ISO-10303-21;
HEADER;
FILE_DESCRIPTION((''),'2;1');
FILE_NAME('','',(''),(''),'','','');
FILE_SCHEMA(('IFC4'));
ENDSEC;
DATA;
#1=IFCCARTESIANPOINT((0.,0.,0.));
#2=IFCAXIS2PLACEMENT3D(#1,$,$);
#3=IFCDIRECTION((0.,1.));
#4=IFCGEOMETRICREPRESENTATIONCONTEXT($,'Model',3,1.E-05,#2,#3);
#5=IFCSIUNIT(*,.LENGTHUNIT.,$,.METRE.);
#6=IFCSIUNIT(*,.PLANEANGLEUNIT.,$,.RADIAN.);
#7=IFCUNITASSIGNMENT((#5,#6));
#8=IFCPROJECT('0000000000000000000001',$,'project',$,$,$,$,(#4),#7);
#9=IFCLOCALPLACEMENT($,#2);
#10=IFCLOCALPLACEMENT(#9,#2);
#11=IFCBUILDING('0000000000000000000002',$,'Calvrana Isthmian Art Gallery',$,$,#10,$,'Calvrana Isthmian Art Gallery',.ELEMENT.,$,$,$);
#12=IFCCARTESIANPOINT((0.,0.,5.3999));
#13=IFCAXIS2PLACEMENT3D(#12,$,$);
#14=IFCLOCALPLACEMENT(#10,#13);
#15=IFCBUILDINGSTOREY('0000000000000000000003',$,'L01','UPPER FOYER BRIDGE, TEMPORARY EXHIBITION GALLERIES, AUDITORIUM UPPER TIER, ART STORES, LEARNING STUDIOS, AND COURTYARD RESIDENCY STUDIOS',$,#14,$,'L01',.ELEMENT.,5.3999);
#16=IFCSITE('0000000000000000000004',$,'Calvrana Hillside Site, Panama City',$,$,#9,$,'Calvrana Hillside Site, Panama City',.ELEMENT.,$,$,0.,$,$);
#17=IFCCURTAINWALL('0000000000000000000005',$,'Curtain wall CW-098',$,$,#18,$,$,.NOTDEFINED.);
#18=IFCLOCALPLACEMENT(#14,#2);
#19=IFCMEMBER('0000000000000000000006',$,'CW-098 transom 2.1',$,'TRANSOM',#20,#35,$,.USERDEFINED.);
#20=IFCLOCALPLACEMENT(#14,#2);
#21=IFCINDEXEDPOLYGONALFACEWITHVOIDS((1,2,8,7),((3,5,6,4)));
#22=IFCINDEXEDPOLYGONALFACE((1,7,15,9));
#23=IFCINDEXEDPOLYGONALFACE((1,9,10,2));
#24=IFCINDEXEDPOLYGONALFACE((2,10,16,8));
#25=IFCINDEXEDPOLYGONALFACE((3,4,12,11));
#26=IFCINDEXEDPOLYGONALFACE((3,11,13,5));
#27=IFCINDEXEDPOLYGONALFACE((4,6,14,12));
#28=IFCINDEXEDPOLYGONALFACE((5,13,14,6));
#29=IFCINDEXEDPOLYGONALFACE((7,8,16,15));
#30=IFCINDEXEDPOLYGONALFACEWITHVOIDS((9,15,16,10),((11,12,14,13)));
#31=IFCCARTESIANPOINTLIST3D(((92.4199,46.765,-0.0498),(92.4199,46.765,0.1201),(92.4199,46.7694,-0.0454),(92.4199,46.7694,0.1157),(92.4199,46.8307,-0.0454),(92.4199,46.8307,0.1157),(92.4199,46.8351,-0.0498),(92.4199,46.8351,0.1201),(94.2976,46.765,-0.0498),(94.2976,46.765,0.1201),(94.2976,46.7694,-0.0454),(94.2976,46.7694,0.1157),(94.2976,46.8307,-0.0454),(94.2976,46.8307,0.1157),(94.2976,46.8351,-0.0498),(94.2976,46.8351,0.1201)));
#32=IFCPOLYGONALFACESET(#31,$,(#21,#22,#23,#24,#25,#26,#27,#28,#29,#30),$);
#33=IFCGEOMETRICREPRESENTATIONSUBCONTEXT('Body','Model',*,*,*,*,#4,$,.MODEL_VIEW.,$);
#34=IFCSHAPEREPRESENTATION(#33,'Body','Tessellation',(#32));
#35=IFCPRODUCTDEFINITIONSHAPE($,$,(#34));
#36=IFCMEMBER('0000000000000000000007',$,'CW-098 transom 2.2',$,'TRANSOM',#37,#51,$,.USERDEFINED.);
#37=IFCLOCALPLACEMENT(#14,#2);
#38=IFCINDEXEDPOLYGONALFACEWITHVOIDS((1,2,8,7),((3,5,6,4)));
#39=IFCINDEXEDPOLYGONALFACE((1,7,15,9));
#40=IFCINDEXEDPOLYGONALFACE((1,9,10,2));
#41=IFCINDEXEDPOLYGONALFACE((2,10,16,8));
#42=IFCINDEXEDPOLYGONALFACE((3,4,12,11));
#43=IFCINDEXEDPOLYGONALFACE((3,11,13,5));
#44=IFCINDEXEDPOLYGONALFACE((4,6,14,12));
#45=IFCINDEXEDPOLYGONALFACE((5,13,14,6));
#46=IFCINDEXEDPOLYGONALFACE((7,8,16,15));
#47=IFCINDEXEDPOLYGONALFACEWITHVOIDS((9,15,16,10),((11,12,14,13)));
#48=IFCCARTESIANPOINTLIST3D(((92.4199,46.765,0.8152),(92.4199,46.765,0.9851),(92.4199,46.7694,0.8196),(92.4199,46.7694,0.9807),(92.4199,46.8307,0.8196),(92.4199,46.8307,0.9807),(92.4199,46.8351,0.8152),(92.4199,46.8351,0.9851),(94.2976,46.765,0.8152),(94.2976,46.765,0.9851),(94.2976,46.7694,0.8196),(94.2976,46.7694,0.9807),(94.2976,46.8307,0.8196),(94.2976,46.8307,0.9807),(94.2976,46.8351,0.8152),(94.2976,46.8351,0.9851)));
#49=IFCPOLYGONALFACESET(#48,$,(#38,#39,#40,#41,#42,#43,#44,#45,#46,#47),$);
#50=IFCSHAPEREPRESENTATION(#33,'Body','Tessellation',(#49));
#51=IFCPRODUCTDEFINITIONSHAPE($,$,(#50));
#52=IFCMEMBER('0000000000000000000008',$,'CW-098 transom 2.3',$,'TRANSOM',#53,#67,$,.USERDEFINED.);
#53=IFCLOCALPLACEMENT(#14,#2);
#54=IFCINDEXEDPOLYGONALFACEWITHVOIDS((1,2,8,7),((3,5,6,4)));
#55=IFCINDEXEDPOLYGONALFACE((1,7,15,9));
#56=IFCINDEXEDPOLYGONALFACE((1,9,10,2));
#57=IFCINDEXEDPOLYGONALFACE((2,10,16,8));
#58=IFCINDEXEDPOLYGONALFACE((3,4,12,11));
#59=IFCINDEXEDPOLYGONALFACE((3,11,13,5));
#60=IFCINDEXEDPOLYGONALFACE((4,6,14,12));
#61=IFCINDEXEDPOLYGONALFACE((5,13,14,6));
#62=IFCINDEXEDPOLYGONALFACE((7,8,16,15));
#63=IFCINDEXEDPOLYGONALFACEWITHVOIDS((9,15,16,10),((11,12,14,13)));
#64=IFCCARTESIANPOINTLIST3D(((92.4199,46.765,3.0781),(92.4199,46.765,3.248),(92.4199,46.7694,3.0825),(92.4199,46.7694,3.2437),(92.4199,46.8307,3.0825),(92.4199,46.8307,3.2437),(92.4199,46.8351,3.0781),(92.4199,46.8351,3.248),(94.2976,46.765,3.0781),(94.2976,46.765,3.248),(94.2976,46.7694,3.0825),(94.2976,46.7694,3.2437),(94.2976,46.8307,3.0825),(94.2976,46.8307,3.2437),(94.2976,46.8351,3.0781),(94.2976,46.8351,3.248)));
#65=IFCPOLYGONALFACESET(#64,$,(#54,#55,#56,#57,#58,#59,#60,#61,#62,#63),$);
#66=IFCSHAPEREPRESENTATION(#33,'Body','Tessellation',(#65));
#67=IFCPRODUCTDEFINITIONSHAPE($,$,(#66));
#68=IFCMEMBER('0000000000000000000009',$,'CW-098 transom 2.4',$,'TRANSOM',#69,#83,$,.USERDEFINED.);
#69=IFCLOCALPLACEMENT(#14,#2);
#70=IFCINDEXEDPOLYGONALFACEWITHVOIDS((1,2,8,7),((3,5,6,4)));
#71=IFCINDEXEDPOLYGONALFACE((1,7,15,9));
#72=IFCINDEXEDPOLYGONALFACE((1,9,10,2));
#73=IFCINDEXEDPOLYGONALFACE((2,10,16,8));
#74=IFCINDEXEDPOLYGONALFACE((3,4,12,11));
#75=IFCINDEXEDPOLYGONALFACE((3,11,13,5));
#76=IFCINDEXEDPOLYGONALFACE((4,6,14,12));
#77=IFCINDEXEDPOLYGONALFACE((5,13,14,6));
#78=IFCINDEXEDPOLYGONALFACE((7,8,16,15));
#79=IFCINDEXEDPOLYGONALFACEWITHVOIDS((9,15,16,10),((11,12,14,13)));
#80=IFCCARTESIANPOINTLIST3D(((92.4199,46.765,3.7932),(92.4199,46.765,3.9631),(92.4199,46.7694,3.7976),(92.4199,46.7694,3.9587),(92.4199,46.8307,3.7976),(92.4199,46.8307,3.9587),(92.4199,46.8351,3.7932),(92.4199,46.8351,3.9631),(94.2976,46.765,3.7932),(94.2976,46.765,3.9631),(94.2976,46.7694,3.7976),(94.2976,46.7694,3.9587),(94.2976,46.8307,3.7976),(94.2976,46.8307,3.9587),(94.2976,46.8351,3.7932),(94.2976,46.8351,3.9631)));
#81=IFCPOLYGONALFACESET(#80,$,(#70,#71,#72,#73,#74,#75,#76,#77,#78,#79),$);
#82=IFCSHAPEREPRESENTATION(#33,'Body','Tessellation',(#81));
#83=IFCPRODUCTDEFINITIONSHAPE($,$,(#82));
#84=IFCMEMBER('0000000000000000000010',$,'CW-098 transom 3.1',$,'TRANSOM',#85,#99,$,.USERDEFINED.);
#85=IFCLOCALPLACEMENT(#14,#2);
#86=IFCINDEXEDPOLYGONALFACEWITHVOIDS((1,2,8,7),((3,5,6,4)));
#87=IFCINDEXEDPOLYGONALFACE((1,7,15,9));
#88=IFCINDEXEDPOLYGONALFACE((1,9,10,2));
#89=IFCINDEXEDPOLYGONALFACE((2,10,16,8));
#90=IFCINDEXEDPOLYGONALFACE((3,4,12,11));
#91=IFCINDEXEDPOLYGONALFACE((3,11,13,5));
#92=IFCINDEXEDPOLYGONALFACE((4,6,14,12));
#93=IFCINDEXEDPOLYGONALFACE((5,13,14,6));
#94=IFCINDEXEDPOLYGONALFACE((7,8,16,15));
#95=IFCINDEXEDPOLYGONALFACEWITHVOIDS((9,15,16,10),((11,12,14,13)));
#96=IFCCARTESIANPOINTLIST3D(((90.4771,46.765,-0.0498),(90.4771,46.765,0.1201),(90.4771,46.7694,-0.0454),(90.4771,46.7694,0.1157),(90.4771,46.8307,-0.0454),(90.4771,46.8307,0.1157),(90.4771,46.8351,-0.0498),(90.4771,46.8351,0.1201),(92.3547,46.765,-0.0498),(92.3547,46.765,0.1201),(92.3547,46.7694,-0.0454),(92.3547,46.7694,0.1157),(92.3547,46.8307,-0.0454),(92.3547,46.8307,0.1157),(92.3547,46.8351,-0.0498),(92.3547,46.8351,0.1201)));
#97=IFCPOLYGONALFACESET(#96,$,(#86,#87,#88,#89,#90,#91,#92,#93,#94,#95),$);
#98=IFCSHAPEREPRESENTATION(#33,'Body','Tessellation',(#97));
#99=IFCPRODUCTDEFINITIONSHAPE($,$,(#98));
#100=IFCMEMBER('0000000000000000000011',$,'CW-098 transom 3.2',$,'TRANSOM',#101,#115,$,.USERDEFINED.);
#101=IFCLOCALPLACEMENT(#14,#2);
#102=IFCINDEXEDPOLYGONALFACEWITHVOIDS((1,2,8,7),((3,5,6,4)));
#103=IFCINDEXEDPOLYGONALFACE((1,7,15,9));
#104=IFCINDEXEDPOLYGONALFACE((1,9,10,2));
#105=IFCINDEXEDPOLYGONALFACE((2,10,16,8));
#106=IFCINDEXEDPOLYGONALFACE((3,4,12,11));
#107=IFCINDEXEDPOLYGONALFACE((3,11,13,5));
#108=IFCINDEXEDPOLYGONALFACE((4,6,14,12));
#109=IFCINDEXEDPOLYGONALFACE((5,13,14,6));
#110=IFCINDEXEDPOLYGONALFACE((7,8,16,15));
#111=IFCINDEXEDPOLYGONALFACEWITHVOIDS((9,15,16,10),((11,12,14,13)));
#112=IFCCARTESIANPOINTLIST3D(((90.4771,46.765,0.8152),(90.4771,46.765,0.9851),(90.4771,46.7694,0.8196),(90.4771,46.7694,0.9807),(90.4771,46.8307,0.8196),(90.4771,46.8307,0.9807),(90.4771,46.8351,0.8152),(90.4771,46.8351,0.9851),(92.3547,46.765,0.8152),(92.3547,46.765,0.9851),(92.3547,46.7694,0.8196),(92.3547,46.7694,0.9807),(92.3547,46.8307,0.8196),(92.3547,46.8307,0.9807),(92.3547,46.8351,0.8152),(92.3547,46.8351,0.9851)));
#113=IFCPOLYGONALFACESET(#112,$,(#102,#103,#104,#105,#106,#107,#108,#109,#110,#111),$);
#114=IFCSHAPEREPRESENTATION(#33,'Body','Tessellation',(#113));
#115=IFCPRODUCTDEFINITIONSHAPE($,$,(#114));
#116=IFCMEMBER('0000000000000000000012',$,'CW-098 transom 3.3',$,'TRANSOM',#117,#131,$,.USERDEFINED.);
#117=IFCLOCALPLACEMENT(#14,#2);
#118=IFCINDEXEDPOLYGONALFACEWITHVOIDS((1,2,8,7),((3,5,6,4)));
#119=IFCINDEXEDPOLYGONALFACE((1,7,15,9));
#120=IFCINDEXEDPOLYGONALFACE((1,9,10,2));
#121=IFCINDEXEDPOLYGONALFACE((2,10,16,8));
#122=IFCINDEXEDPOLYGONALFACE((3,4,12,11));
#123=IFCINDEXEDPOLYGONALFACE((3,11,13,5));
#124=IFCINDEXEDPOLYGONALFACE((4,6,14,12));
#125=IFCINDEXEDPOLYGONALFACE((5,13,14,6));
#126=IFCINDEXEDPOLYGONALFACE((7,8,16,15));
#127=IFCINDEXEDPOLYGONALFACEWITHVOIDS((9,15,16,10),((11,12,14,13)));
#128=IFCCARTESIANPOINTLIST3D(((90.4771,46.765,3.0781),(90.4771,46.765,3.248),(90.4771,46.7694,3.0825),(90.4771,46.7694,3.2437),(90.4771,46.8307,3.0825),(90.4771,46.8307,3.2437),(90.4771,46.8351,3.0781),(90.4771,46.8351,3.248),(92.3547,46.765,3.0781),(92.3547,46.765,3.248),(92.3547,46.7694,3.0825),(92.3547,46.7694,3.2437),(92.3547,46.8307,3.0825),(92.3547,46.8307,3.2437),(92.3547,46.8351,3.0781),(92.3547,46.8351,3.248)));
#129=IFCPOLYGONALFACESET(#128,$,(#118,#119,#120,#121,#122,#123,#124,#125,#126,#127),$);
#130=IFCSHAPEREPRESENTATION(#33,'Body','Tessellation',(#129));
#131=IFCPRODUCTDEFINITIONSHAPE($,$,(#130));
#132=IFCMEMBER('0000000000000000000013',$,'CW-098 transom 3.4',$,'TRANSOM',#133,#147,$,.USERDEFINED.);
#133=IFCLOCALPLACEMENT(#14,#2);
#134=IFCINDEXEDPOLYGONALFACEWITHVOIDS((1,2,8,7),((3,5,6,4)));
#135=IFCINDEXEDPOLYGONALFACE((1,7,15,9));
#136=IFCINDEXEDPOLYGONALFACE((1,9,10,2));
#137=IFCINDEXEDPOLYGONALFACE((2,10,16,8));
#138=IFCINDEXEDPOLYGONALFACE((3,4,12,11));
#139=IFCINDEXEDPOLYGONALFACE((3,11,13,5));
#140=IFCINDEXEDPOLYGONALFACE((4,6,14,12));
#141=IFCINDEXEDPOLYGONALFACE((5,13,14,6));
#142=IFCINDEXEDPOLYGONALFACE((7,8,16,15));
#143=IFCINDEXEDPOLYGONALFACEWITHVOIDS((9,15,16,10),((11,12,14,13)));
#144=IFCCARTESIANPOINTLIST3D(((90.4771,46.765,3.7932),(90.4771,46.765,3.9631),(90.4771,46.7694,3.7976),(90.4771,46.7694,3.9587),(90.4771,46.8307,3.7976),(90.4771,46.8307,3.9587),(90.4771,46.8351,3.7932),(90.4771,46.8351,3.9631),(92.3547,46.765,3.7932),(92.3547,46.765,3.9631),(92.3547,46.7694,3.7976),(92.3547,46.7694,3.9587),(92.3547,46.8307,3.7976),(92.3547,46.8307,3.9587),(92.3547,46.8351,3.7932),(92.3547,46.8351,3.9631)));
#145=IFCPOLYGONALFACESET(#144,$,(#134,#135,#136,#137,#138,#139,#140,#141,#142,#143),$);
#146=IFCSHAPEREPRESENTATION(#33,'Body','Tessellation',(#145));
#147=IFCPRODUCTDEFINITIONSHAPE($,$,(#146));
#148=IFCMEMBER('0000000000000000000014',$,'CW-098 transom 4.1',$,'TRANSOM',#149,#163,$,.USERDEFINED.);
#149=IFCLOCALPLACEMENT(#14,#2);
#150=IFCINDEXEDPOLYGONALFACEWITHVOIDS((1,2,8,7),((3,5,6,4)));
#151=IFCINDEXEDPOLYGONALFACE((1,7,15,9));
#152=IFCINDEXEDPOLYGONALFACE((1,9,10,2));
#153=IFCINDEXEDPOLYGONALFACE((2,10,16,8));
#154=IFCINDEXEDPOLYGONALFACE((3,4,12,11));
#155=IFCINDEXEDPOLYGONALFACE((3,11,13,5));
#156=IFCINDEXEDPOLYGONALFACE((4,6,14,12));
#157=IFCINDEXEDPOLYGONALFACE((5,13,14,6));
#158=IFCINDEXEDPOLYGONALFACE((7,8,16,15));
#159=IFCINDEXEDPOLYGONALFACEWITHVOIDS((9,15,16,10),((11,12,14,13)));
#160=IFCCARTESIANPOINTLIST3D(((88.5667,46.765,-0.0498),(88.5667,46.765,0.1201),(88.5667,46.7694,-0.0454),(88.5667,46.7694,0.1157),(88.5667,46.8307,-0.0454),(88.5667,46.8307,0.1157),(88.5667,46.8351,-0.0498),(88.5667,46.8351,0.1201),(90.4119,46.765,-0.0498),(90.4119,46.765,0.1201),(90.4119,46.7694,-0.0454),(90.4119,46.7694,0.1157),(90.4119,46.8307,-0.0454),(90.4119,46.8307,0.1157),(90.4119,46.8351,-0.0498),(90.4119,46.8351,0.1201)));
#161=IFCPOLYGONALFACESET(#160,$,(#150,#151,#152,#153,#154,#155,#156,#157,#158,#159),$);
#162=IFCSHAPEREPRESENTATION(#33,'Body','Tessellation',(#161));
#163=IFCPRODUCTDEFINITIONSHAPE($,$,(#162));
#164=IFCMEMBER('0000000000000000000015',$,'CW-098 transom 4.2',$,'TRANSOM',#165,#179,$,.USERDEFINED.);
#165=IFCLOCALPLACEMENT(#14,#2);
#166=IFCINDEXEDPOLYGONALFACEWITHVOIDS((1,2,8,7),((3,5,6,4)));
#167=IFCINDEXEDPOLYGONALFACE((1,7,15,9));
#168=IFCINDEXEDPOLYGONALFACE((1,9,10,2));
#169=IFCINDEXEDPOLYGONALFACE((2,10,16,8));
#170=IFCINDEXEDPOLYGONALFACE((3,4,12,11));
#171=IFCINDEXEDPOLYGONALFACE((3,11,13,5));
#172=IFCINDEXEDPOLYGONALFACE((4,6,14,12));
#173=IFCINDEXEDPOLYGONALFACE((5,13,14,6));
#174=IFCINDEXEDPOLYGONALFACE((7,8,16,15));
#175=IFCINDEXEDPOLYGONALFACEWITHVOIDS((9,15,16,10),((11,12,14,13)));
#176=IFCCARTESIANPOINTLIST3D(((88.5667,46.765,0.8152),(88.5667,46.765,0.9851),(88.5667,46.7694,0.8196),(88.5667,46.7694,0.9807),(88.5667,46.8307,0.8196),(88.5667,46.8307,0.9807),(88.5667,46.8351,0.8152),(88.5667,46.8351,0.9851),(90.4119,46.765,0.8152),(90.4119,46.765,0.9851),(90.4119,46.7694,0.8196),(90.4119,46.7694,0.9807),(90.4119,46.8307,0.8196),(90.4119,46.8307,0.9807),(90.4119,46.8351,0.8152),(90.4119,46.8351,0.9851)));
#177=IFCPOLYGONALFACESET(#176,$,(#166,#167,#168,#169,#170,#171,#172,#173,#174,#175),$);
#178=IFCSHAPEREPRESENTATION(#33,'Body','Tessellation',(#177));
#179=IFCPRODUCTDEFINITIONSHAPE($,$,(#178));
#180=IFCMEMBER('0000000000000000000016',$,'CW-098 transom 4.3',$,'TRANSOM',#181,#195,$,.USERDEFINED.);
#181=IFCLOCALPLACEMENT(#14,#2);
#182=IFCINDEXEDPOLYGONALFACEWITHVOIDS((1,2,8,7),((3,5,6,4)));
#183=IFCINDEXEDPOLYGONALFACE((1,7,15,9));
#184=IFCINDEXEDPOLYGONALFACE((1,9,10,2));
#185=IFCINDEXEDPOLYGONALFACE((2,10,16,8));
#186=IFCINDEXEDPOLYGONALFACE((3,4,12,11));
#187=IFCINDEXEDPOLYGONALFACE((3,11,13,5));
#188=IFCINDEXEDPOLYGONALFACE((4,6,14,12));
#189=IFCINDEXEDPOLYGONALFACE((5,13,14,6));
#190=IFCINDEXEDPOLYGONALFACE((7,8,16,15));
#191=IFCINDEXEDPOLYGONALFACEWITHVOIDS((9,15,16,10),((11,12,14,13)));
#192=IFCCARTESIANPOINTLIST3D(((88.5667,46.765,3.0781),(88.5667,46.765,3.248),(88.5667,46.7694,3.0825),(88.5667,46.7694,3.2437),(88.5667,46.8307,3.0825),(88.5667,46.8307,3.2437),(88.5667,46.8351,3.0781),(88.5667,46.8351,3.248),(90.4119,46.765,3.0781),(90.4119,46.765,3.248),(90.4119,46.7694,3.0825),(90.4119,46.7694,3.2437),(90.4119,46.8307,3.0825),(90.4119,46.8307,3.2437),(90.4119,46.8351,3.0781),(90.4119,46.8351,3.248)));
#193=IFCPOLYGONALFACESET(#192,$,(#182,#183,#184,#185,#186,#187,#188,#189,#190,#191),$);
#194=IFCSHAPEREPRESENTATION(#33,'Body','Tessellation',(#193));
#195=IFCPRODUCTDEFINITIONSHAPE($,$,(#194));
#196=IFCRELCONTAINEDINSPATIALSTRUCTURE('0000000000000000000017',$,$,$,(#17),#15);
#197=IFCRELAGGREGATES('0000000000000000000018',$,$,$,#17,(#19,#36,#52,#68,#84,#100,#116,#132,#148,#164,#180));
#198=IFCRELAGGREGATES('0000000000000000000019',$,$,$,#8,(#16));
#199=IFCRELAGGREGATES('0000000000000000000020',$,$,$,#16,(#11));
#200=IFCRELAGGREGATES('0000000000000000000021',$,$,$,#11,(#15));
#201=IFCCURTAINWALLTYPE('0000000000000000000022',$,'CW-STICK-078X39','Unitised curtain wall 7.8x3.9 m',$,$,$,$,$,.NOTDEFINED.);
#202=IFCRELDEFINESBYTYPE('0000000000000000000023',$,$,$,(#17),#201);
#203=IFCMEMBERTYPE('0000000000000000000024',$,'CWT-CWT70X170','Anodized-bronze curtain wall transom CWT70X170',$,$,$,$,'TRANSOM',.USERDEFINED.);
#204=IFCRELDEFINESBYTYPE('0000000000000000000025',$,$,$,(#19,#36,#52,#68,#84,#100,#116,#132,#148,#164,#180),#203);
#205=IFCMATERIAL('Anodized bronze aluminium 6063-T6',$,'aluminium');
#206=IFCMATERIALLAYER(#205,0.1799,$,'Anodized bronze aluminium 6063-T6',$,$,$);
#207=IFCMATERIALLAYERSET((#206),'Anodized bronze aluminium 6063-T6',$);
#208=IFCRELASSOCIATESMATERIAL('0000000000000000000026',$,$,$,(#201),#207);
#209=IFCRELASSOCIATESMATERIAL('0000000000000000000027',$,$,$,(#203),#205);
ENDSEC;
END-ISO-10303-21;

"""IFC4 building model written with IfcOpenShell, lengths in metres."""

from ifc_helpers import new_model, si_unit, direction, frame, origin, origin_2d, place, context, subcontext, project, spatial, hollow_rectangle, extrude, material, layer, layer_set, material_profile, profile_set, type_object, element, aggregate, save


model = new_model("IFC4")

# Units and contexts
model_context = context("Model", 3, precision=1e-05, world=origin(), true_north=direction((0.0, 1.0)))
body_context = subcontext(model_context, "Body", "Model", "MODEL_VIEW")
ifc_project = project(units=[si_unit("LENGTHUNIT", "METRE"), si_unit("PLANEANGLEUNIT", "RADIAN")], contexts=[model_context])

# Site, building, storey
site_placement = place(None, origin())
site = spatial("IfcSite", under=ifc_project, at=site_placement, Name="Calvrana Hillside Site, Panama City", LongName="Calvrana Hillside Site, Panama City", CompositionType="ELEMENT", RefElevation=0.0)
building_placement = place(site_placement, origin())
building = spatial("IfcBuilding", under=site, at=building_placement, Name="Calvrana Isthmian Art Gallery", LongName="Calvrana Isthmian Art Gallery", CompositionType="ELEMENT")
storey_placement = place(building_placement, frame((0.0, 0.0, 5.3999)))
storey = spatial("IfcBuildingStorey", under=building, at=storey_placement, Name="L01", Description="UPPER FOYER BRIDGE, TEMPORARY EXHIBITION GALLERIES, AUDITORIUM UPPER TIER, ART STORES, LEARNING STUDIOS, AND COURTYARD RESIDENCY STUDIOS", LongName="L01", CompositionType="ELEMENT", Elevation=5.3999)

# Curtain wall, members
ifc_material_1 = material(Name="Anodized bronze aluminium 6063-T6", Category="aluminium")
ifc_layer_1 = layer(ifc_material_1, 0.1799, Name="Anodized bronze aluminium 6063-T6")
ifc_layer_set_1 = layer_set([ifc_layer_1], Name="Anodized bronze aluminium 6063-T6")
curtain_wall_type = type_object("IfcCurtainWallType", Name="CW-STICK-078X39", Description="Unitised curtain wall 7.8x3.9 m", PredefinedType="NOTDEFINED", material=ifc_layer_set_1)
curtain_wall_placement = place(storey_placement, origin())
curtain_wall = element("IfcCurtainWall", 1, at=curtain_wall_placement, inside=storey, type_object=curtain_wall_type, Name="Curtain wall CW-098", PredefinedType="NOTDEFINED")
ifc_material_profile_1 = material_profile(ifc_material_1, hollow_rectangle(XDim=0.0701, YDim=0.1699, WallThickness=0.0044, at=origin_2d()), Name="CWT70X170")
ifc_profile_set_1 = profile_set([ifc_material_profile_1], Name="Anodized bronze aluminium 6063-T6")
member_type_1 = type_object("IfcMemberType", Name="CWT-CWT70X170", Description="Anodized-bronze curtain wall transom CWT70X170", ElementType="TRANSOM", PredefinedType="USERDEFINED", material=ifc_profile_set_1)
member_1_placement = place(storey_placement, frame((94.2976, 46.8, 0.0352), z_axis=(-1.0, 0.0, 0.0), x_axis=(0.0, -1.0, 0.0)))
member_1 = element("IfcMember", 2, at=member_1_placement, type_object=member_type_1, Name="CW-098 transom 2.1", ObjectType="TRANSOM", PredefinedType="USERDEFINED", context=body_context, shape_type="SweptSolid", body=[
    extrude(hollow_rectangle(XDim=0.0701, YDim=0.1699, WallThickness=0.0044, at=origin_2d()), origin(), (0.0, 0.0, 1.0), 1.8777),
])
member_2_placement = place(storey_placement, frame((94.2976, 46.8, 0.9001), z_axis=(-1.0, 0.0, 0.0), x_axis=(0.0, -1.0, 0.0)))
member_2 = element("IfcMember", 3, at=member_2_placement, type_object=member_type_1, Name="CW-098 transom 2.2", ObjectType="TRANSOM", PredefinedType="USERDEFINED", context=body_context, shape_type="SweptSolid", body=[
    extrude(hollow_rectangle(XDim=0.0701, YDim=0.1699, WallThickness=0.0044, at=origin_2d()), origin(), (0.0, 0.0, 1.0), 1.8777),
])
member_3_placement = place(storey_placement, frame((94.2976, 46.8, 3.1631), z_axis=(-1.0, 0.0, 0.0), x_axis=(0.0, -1.0, 0.0)))
member_3 = element("IfcMember", 4, at=member_3_placement, type_object=member_type_1, Name="CW-098 transom 2.3", ObjectType="TRANSOM", PredefinedType="USERDEFINED", context=body_context, shape_type="SweptSolid", body=[
    extrude(hollow_rectangle(XDim=0.0701, YDim=0.1699, WallThickness=0.0044, at=origin_2d()), origin(), (0.0, 0.0, 1.0), 1.8777),
])
member_4_placement = place(storey_placement, frame((94.2976, 46.8, 3.8782), z_axis=(-1.0, 0.0, 0.0), x_axis=(0.0, -1.0, 0.0)))
member_4 = element("IfcMember", 5, at=member_4_placement, type_object=member_type_1, Name="CW-098 transom 2.4", ObjectType="TRANSOM", PredefinedType="USERDEFINED", context=body_context, shape_type="SweptSolid", body=[
    extrude(hollow_rectangle(XDim=0.0701, YDim=0.1699, WallThickness=0.0044, at=origin_2d()), origin(), (0.0, 0.0, 1.0), 1.8777),
])
member_5_placement = place(storey_placement, frame((92.3547, 46.8, 0.0352), z_axis=(-1.0, 0.0, 0.0), x_axis=(0.0, -1.0, 0.0)))
member_5 = element("IfcMember", 6, at=member_5_placement, type_object=member_type_1, Name="CW-098 transom 3.1", ObjectType="TRANSOM", PredefinedType="USERDEFINED", context=body_context, shape_type="SweptSolid", body=[
    extrude(hollow_rectangle(XDim=0.0701, YDim=0.1699, WallThickness=0.0044, at=origin_2d()), origin(), (0.0, 0.0, 1.0), 1.8777),
])
member_6_placement = place(storey_placement, frame((92.3547, 46.8, 0.9001), z_axis=(-1.0, 0.0, 0.0), x_axis=(0.0, -1.0, 0.0)))
member_6 = element("IfcMember", 7, at=member_6_placement, type_object=member_type_1, Name="CW-098 transom 3.2", ObjectType="TRANSOM", PredefinedType="USERDEFINED", context=body_context, shape_type="SweptSolid", body=[
    extrude(hollow_rectangle(XDim=0.0701, YDim=0.1699, WallThickness=0.0044, at=origin_2d()), origin(), (0.0, 0.0, 1.0), 1.8777),
])
member_7_placement = place(storey_placement, frame((92.3547, 46.8, 3.1631), z_axis=(-1.0, 0.0, 0.0), x_axis=(0.0, -1.0, 0.0)))
member_7 = element("IfcMember", 8, at=member_7_placement, type_object=member_type_1, Name="CW-098 transom 3.3", ObjectType="TRANSOM", PredefinedType="USERDEFINED", context=body_context, shape_type="SweptSolid", body=[
    extrude(hollow_rectangle(XDim=0.0701, YDim=0.1699, WallThickness=0.0044, at=origin_2d()), origin(), (0.0, 0.0, 1.0), 1.8777),
])
member_8_placement = place(storey_placement, frame((92.3547, 46.8, 3.8782), z_axis=(-1.0, 0.0, 0.0), x_axis=(0.0, -1.0, 0.0)))
member_8 = element("IfcMember", 9, at=member_8_placement, type_object=member_type_1, Name="CW-098 transom 3.4", ObjectType="TRANSOM", PredefinedType="USERDEFINED", context=body_context, shape_type="SweptSolid", body=[
    extrude(hollow_rectangle(XDim=0.0701, YDim=0.1699, WallThickness=0.0044, at=origin_2d()), origin(), (0.0, 0.0, 1.0), 1.8777),
])
member_9_placement = place(storey_placement, frame((90.4119, 46.8, 0.0352), z_axis=(-1.0, 0.0, 0.0), x_axis=(0.0, -1.0, 0.0)))
member_9 = element("IfcMember", 10, at=member_9_placement, type_object=member_type_1, Name="CW-098 transom 4.1", ObjectType="TRANSOM", PredefinedType="USERDEFINED", context=body_context, shape_type="SweptSolid", body=[
    extrude(hollow_rectangle(XDim=0.0701, YDim=0.1699, WallThickness=0.0044, at=origin_2d()), origin(), (0.0, 0.0, 1.0), 1.8452),
])
member_10_placement = place(storey_placement, frame((90.4119, 46.8, 0.9001), z_axis=(-1.0, 0.0, 0.0), x_axis=(0.0, -1.0, 0.0)))
member_10 = element("IfcMember", 11, at=member_10_placement, type_object=member_type_1, Name="CW-098 transom 4.2", ObjectType="TRANSOM", PredefinedType="USERDEFINED", context=body_context, shape_type="SweptSolid", body=[
    extrude(hollow_rectangle(XDim=0.0701, YDim=0.1699, WallThickness=0.0044, at=origin_2d()), origin(), (0.0, 0.0, 1.0), 1.8452),
])
member_11_placement = place(storey_placement, frame((90.4119, 46.8, 3.1631), z_axis=(-1.0, 0.0, 0.0), x_axis=(0.0, -1.0, 0.0)))
member_11 = element("IfcMember", 12, at=member_11_placement, type_object=member_type_1, Name="CW-098 transom 4.3", ObjectType="TRANSOM", PredefinedType="USERDEFINED", context=body_context, shape_type="SweptSolid", body=[
    extrude(hollow_rectangle(XDim=0.0701, YDim=0.1699, WallThickness=0.0044, at=origin_2d()), origin(), (0.0, 0.0, 1.0), 1.8452),
])
aggregate(curtain_wall, [member_1, member_2, member_3, member_4, member_5, member_6, member_7, member_8, member_9, member_10, member_11])

save(model, "model.ifc")
